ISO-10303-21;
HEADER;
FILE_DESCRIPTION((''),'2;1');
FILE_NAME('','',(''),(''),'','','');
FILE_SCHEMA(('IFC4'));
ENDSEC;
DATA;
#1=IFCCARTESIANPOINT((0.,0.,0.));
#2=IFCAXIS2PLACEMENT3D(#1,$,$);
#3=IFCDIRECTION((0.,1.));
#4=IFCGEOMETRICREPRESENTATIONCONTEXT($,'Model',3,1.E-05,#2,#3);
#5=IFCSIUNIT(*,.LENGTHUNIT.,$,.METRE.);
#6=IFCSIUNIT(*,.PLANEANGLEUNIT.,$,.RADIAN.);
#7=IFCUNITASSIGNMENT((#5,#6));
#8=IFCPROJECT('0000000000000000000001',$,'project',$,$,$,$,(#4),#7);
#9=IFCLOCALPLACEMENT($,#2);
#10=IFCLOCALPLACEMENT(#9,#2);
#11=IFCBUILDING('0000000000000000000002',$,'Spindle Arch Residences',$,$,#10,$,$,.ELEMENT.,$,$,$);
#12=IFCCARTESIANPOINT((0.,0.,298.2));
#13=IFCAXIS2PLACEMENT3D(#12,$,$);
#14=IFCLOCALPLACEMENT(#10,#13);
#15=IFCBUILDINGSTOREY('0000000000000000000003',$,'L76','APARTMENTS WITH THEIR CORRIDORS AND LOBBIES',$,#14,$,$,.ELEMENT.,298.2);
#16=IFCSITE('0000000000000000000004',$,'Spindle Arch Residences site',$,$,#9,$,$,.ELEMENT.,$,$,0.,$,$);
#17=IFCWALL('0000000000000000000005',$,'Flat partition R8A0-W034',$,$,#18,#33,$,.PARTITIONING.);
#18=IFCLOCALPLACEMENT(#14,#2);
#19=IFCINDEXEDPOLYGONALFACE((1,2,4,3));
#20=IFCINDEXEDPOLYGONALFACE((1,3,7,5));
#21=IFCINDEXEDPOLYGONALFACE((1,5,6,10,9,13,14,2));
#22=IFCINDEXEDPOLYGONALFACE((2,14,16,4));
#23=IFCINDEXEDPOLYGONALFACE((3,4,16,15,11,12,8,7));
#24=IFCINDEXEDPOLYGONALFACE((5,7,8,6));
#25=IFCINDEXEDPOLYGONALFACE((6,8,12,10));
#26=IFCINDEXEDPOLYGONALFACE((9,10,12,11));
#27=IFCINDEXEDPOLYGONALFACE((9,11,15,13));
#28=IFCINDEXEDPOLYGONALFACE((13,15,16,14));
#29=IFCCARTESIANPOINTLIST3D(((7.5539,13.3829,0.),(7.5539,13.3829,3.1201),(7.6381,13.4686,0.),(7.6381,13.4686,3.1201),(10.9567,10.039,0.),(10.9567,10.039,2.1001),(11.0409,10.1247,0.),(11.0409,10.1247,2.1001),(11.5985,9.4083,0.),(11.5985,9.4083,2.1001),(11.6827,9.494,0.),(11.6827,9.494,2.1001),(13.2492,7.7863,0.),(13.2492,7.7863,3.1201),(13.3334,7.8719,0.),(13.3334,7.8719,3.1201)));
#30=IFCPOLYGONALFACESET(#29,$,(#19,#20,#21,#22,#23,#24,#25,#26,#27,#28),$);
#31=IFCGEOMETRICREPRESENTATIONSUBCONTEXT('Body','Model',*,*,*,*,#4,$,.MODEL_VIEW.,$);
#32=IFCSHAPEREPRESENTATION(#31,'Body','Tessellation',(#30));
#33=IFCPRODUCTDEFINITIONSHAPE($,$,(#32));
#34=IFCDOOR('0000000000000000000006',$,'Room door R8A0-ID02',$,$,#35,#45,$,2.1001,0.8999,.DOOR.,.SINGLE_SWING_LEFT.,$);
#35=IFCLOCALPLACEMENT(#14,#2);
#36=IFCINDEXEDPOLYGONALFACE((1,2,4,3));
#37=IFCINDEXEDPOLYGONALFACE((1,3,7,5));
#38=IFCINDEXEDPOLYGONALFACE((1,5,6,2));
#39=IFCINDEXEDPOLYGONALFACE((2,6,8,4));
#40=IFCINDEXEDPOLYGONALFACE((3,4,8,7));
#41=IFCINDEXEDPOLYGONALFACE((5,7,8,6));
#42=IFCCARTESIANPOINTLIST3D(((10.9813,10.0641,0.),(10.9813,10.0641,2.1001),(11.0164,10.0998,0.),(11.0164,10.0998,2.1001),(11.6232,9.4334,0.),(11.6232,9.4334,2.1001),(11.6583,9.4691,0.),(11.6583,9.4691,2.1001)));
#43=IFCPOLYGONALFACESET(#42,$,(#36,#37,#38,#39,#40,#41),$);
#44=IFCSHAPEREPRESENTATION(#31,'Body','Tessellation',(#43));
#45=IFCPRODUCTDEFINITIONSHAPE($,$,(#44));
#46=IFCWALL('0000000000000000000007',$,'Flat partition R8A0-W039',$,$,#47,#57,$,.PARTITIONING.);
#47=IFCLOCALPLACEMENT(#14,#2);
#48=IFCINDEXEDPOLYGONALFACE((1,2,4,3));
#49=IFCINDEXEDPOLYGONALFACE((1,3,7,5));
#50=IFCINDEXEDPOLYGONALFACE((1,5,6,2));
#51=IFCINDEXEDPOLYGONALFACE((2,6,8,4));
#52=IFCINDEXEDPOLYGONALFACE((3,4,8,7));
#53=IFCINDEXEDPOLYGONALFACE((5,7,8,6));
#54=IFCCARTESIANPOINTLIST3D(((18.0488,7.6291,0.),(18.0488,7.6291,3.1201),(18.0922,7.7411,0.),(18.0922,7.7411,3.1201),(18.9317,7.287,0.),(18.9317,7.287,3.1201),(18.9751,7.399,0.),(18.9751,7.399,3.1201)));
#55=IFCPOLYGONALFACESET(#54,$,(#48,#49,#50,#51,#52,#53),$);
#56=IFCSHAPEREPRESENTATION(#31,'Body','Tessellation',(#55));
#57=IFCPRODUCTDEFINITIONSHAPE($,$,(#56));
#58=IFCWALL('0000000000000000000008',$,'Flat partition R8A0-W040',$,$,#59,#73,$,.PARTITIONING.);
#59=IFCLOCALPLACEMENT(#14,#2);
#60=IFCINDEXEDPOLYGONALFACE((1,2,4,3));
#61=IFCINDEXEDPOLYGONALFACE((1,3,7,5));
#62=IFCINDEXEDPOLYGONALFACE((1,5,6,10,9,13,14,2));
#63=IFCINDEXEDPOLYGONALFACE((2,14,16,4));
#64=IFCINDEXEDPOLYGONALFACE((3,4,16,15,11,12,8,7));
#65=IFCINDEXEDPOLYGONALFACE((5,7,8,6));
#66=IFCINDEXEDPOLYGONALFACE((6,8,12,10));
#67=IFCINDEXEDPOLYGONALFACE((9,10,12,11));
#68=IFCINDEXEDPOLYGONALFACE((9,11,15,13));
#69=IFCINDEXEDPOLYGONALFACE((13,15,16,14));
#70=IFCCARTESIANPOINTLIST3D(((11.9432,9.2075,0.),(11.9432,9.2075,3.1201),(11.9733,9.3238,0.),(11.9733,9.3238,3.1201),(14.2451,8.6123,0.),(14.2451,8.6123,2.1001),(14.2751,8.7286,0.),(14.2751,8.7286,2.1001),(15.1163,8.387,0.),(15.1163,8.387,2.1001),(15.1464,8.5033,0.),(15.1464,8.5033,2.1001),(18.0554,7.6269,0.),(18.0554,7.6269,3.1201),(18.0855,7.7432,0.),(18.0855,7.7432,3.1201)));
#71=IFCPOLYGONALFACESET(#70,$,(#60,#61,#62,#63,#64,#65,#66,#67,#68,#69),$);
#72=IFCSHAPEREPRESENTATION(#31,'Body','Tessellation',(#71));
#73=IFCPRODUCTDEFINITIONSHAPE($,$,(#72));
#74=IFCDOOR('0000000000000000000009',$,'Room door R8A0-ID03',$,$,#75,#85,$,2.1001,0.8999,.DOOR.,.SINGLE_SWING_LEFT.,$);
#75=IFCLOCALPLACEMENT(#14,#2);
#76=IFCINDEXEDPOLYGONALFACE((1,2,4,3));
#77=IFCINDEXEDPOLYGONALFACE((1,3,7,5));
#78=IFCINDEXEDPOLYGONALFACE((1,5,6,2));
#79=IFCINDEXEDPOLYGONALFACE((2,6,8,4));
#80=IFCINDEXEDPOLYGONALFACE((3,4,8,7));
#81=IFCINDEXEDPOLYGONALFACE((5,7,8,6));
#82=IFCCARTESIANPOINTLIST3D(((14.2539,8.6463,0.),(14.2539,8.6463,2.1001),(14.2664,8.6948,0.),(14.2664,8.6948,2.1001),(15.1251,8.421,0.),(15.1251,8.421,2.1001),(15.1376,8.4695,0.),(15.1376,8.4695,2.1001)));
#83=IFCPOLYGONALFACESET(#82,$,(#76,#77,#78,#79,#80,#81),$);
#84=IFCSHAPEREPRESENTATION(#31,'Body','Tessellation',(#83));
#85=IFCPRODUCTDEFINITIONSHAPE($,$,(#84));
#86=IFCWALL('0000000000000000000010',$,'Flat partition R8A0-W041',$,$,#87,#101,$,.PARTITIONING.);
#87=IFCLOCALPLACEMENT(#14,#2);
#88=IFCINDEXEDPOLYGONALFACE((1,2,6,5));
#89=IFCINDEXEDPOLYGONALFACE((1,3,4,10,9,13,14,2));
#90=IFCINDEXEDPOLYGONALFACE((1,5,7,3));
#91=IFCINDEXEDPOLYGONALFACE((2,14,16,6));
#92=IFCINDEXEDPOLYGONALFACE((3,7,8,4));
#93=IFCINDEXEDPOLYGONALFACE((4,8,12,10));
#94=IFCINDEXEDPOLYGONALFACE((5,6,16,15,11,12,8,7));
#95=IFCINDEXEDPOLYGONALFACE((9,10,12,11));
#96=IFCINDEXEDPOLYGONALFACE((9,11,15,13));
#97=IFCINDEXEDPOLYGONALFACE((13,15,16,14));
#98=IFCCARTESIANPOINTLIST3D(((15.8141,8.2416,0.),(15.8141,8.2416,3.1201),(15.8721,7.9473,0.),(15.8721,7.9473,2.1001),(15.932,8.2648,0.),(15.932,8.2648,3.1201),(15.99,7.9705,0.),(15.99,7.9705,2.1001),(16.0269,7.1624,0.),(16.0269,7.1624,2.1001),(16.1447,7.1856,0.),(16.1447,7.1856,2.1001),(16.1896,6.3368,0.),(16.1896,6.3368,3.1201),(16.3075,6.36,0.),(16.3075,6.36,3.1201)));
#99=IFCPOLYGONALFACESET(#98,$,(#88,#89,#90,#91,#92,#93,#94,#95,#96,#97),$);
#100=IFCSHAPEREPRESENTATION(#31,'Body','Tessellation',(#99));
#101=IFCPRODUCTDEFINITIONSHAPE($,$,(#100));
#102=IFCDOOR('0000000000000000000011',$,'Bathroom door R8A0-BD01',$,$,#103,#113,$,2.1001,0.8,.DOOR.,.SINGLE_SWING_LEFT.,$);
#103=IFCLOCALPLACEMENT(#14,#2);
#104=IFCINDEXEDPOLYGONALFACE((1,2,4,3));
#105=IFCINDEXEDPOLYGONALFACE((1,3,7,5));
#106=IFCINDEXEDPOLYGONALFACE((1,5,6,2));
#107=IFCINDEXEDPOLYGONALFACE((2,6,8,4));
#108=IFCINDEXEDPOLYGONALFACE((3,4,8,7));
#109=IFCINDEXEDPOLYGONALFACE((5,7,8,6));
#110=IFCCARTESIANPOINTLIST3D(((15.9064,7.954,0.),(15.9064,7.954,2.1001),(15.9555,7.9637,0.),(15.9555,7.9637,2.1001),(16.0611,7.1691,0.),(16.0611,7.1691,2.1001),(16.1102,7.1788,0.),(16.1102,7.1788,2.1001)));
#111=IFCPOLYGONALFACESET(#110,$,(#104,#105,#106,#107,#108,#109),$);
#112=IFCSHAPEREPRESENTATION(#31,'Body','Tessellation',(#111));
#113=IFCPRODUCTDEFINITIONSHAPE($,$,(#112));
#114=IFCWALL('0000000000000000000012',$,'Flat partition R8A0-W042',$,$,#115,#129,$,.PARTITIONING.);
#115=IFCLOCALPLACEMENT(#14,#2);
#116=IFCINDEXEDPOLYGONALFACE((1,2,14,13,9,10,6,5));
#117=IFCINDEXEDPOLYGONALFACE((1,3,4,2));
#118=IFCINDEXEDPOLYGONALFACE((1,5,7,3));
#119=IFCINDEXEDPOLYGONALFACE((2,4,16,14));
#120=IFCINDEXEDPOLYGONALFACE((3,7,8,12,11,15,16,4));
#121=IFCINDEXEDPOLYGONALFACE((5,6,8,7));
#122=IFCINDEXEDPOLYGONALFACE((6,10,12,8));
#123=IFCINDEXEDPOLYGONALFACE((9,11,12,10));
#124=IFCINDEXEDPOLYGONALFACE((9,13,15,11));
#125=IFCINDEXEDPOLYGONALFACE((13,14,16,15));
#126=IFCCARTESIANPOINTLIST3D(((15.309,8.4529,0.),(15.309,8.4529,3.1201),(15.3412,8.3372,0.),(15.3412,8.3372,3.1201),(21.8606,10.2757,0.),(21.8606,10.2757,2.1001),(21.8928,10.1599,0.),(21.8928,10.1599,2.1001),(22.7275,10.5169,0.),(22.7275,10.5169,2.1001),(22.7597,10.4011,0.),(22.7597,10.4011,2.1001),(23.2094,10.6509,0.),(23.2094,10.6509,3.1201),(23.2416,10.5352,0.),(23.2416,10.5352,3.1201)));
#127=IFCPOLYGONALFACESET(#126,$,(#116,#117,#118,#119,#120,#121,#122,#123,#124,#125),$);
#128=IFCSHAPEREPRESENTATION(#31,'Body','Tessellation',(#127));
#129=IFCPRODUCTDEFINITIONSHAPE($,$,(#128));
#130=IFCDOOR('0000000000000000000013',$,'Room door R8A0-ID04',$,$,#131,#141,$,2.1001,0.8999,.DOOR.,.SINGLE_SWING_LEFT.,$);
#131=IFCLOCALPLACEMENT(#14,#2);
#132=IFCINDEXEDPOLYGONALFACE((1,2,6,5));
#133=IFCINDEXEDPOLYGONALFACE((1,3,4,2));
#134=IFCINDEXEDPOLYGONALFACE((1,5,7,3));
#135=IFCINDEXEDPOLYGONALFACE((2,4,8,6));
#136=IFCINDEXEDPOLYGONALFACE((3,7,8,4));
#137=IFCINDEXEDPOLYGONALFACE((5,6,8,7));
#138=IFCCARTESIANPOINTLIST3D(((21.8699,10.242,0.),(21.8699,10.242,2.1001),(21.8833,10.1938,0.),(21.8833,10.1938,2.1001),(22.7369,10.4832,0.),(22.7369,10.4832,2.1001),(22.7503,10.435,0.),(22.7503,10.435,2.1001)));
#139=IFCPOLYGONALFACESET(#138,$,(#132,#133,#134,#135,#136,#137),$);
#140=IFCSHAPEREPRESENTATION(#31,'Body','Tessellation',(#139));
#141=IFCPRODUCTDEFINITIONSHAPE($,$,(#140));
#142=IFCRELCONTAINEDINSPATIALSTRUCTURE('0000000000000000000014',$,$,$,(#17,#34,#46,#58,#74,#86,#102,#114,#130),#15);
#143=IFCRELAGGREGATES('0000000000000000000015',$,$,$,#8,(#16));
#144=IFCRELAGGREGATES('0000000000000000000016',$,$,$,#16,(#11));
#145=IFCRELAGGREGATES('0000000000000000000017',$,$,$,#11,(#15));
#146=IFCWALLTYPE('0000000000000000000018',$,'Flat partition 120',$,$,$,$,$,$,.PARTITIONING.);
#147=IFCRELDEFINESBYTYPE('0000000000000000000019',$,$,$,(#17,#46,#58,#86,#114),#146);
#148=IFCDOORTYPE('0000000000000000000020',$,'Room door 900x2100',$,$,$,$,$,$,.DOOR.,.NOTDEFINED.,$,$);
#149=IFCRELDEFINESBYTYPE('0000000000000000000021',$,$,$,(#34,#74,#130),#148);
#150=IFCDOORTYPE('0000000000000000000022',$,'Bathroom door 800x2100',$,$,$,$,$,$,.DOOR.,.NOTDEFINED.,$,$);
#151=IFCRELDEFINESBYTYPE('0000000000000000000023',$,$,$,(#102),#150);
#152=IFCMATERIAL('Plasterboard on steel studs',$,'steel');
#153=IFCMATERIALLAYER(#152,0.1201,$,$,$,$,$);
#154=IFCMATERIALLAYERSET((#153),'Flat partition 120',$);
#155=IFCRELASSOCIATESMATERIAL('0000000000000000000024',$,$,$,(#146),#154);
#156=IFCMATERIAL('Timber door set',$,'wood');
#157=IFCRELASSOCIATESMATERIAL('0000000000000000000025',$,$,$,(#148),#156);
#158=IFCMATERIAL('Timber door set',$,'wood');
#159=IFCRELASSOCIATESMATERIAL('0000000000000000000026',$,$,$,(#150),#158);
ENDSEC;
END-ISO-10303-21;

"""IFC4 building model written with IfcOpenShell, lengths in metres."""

from ifc_helpers import new_model, si_unit, direction, frame, frame_2d, origin, place, context, subcontext, project, spatial, rectangle, extrude, material, layer, layer_set, type_object, element, fill, save


model = new_model("IFC4")

# Units and contexts
model_context = context("Model", 3, precision=1e-05, world=origin(), true_north=direction((0.0, 1.0)))
body_context = subcontext(model_context, "Body", "Model", "MODEL_VIEW")
ifc_project = project(units=[si_unit("LENGTHUNIT", "METRE"), si_unit("PLANEANGLEUNIT", "RADIAN")], contexts=[model_context])

# Site, building, storey
site_placement = place(None, origin())
site = spatial("IfcSite", under=ifc_project, at=site_placement, Name="Spindle Arch Residences site", CompositionType="ELEMENT", RefElevation=0.0)
building_placement = place(site_placement, origin())
building = spatial("IfcBuilding", under=site, at=building_placement, Name="Spindle Arch Residences", CompositionType="ELEMENT")
storey_placement = place(building_placement, frame((0.0, 0.0, 298.2)))
storey = spatial("IfcBuildingStorey", under=building, at=storey_placement, Name="L76", Description="APARTMENTS WITH THEIR CORRIDORS AND LOBBIES", CompositionType="ELEMENT", Elevation=298.2)

# Wall, opening, door
ifc_material_1 = material(Name="Plasterboard on steel studs", Category="steel")
ifc_layer_1 = layer(ifc_material_1, 0.1201)
ifc_layer_set_1 = layer_set([ifc_layer_1], Name="Flat partition 120")
wall_type = type_object("IfcWallType", Name="Flat partition 120", PredefinedType="PARTITIONING", material=ifc_layer_set_1)
wall_1_placement = place(storey_placement, frame((13.2913, 7.8291, 0.0), z_axis=(0.0, 0.0, 1.0), x_axis=(-0.713256, 0.700904, 0.0)))
wall_1 = element("IfcWall", 1, at=wall_1_placement, inside=storey, type_object=wall_type, Name="Flat partition R8A0-W034", PredefinedType="PARTITIONING", context=body_context, shape_type="SweptSolid", body=[
    extrude(rectangle(XDim=7.9849, YDim=0.1201, at=frame_2d((3.9924, 0.0))), origin(), (0.0, 0.0, 1.0), 3.1201),
])
opening_1_placement = place(wall_1_placement, frame((2.3142, 0.0, 0.0)))
opening_1 = element("IfcOpeningElement", 2, at=opening_1_placement, cuts=wall_1, PredefinedType="OPENING", context=body_context, shape_type="SweptSolid", body=[
    extrude(rectangle(XDim=0.8999, YDim=2.1001, at=frame_2d((0.45, 1.05))), frame((0.0, 0.0701, 0.0), z_axis=(0.0, -1.0, 0.0), x_axis=(1.0, 0.0, 0.0)), (0.0, 0.0, 1.0), 0.1401),
])
ifc_material_2 = material(Name="Timber door set", Category="wood")
door_type_1 = type_object("IfcDoorType", Name="Room door 900x2100", OperationType="NOTDEFINED", PredefinedType="DOOR", material=ifc_material_2)
door_1_placement = place(opening_1_placement, origin())
door_1 = element("IfcDoor", 3, at=door_1_placement, inside=storey, type_object=door_type_1, Name="Room door R8A0-ID02", OperationType="SINGLE_SWING_LEFT", OverallHeight=2.1001, OverallWidth=0.8999, PredefinedType="DOOR", context=body_context, shape_type="SweptSolid", body=[
    extrude(rectangle(XDim=0.8999, YDim=2.1001, at=frame_2d((0.45, 1.05))), frame((0.0, 0.0249, 0.0), z_axis=(0.0, -1.0, 0.0), x_axis=(1.0, 0.0, 0.0)), (0.0, 0.0, 1.0), 0.05),
])
fill(opening_1, door_1)

# Wall
wall_2_placement = place(storey_placement, frame((18.9534, 7.343, 0.0), z_axis=(0.0, 0.0, 1.0), x_axis=(-0.932459, 0.361276, 0.0)))
element("IfcWall", 4, at=wall_2_placement, inside=storey, type_object=wall_type, Name="Flat partition R8A0-W039", PredefinedType="PARTITIONING", context=body_context, shape_type="SweptSolid", body=[
    extrude(rectangle(XDim=0.9468, YDim=0.1201, at=frame_2d((0.4734, 0.0))), origin(), (0.0, 0.0, 1.0), 3.1201),
])

# Walls, openings, doors
wall_3_placement = place(storey_placement, frame((18.0706, 7.6851, 0.0), z_axis=(0.0, 0.0, 1.0), x_axis=(-0.968152, 0.250362, 0.0)))
wall_3 = element("IfcWall", 5, at=wall_3_placement, inside=storey, type_object=wall_type, Name="Flat partition R8A0-W040", PredefinedType="PARTITIONING", context=body_context, shape_type="SweptSolid", body=[
    extrude(rectangle(XDim=6.3132, YDim=0.1201, at=frame_2d((3.1567, 0.0))), origin(), (0.0, 0.0, 1.0), 3.1201),
])
opening_2_placement = place(wall_3_placement, frame((3.0359, 0.0, 0.0)))
opening_2 = element("IfcOpeningElement", 6, at=opening_2_placement, cuts=wall_3, PredefinedType="OPENING", context=body_context, shape_type="SweptSolid", body=[
    extrude(rectangle(XDim=0.8999, YDim=2.1001, at=frame_2d((0.45, 1.05))), frame((0.0, 0.0701, 0.0), z_axis=(0.0, -1.0, 0.0), x_axis=(1.0, 0.0, 0.0)), (0.0, 0.0, 1.0), 0.1401),
])
door_2_placement = place(opening_2_placement, origin())
door_2 = element("IfcDoor", 7, at=door_2_placement, inside=storey, type_object=door_type_1, Name="Room door R8A0-ID03", OperationType="SINGLE_SWING_LEFT", OverallHeight=2.1001, OverallWidth=0.8999, PredefinedType="DOOR", context=body_context, shape_type="SweptSolid", body=[
    extrude(rectangle(XDim=0.8999, YDim=2.1001, at=frame_2d((0.45, 1.05))), frame((0.0, 0.0249, 0.0), z_axis=(0.0, -1.0, 0.0), x_axis=(1.0, 0.0, 0.0)), (0.0, 0.0, 1.0), 0.05),
])
fill(opening_2, door_2)
wall_4_placement = place(storey_placement, frame((15.873, 8.2532, 0.0), z_axis=(0.0, 0.0, 1.0), x_axis=(0.193407, -0.981119, 0.0)))
wall_4 = element("IfcWall", 8, at=wall_4_placement, inside=storey, type_object=wall_type, Name="Flat partition R8A0-W041", PredefinedType="PARTITIONING", context=body_context, shape_type="SweptSolid", body=[
    extrude(rectangle(XDim=1.9414, YDim=0.1201, at=frame_2d((0.9707, 0.0))), origin(), (0.0, 0.0, 1.0), 3.1201),
])
opening_3_placement = place(wall_4_placement, frame((0.3, 0.0, 0.0)))
opening_3 = element("IfcOpeningElement", 9, at=opening_3_placement, cuts=wall_4, PredefinedType="OPENING", context=body_context, shape_type="SweptSolid", body=[
    extrude(rectangle(XDim=0.8, YDim=2.1001, at=frame_2d((0.3999, 1.05))), frame((0.0, 0.0701, 0.0), z_axis=(0.0, -1.0, 0.0), x_axis=(1.0, 0.0, 0.0)), (0.0, 0.0, 1.0), 0.1401),
])
ifc_material_3 = material(Name="Timber door set", Category="wood")
door_type_2 = type_object("IfcDoorType", Name="Bathroom door 800x2100", OperationType="NOTDEFINED", PredefinedType="DOOR", material=ifc_material_3)
door_3_placement = place(opening_3_placement, origin())
door_3 = element("IfcDoor", 10, at=door_3_placement, inside=storey, type_object=door_type_2, Name="Bathroom door R8A0-BD01", OperationType="SINGLE_SWING_LEFT", OverallHeight=2.1001, OverallWidth=0.8, PredefinedType="DOOR", context=body_context, shape_type="SweptSolid", body=[
    extrude(rectangle(XDim=0.8, YDim=2.1001, at=frame_2d((0.3999, 1.05))), frame((0.0, 0.0249, 0.0), z_axis=(0.0, -1.0, 0.0), x_axis=(1.0, 0.0, 0.0)), (0.0, 0.0, 1.0), 0.05),
])
fill(opening_3, door_3)
wall_5_placement = place(storey_placement, frame((23.2253, 10.593, 0.0), z_axis=(0.0, 0.0, 1.0), x_axis=(-0.963409, -0.268034, 0.0)))
wall_5 = element("IfcWall", 11, at=wall_5_placement, inside=storey, type_object=wall_type, Name="Flat partition R8A0-W042", PredefinedType="PARTITIONING", context=body_context, shape_type="SweptSolid", body=[
    extrude(rectangle(XDim=8.2004, YDim=0.1201, at=frame_2d((4.1001, 0.0))), origin(), (0.0, 0.0, 1.0), 3.1201),
])
opening_4_placement = place(wall_5_placement, frame((0.5, 0.0, 0.0)))
opening_4 = element("IfcOpeningElement", 12, at=opening_4_placement, cuts=wall_5, PredefinedType="OPENING", context=body_context, shape_type="SweptSolid", body=[
    extrude(rectangle(XDim=0.8999, YDim=2.1001, at=frame_2d((0.45, 1.05))), frame((0.0, 0.0701, 0.0), z_axis=(0.0, -1.0, 0.0), x_axis=(1.0, 0.0, 0.0)), (0.0, 0.0, 1.0), 0.1401),
])
door_4_placement = place(opening_4_placement, origin())
door_4 = element("IfcDoor", 13, at=door_4_placement, inside=storey, type_object=door_type_1, Name="Room door R8A0-ID04", OperationType="SINGLE_SWING_LEFT", OverallHeight=2.1001, OverallWidth=0.8999, PredefinedType="DOOR", context=body_context, shape_type="SweptSolid", body=[
    extrude(rectangle(XDim=0.8999, YDim=2.1001, at=frame_2d((0.45, 1.05))), frame((0.0, 0.0249, 0.0), z_axis=(0.0, -1.0, 0.0), x_axis=(1.0, 0.0, 0.0)), (0.0, 0.0, 1.0), 0.05),
])
fill(opening_4, door_4)

save(model, "model.ifc")
